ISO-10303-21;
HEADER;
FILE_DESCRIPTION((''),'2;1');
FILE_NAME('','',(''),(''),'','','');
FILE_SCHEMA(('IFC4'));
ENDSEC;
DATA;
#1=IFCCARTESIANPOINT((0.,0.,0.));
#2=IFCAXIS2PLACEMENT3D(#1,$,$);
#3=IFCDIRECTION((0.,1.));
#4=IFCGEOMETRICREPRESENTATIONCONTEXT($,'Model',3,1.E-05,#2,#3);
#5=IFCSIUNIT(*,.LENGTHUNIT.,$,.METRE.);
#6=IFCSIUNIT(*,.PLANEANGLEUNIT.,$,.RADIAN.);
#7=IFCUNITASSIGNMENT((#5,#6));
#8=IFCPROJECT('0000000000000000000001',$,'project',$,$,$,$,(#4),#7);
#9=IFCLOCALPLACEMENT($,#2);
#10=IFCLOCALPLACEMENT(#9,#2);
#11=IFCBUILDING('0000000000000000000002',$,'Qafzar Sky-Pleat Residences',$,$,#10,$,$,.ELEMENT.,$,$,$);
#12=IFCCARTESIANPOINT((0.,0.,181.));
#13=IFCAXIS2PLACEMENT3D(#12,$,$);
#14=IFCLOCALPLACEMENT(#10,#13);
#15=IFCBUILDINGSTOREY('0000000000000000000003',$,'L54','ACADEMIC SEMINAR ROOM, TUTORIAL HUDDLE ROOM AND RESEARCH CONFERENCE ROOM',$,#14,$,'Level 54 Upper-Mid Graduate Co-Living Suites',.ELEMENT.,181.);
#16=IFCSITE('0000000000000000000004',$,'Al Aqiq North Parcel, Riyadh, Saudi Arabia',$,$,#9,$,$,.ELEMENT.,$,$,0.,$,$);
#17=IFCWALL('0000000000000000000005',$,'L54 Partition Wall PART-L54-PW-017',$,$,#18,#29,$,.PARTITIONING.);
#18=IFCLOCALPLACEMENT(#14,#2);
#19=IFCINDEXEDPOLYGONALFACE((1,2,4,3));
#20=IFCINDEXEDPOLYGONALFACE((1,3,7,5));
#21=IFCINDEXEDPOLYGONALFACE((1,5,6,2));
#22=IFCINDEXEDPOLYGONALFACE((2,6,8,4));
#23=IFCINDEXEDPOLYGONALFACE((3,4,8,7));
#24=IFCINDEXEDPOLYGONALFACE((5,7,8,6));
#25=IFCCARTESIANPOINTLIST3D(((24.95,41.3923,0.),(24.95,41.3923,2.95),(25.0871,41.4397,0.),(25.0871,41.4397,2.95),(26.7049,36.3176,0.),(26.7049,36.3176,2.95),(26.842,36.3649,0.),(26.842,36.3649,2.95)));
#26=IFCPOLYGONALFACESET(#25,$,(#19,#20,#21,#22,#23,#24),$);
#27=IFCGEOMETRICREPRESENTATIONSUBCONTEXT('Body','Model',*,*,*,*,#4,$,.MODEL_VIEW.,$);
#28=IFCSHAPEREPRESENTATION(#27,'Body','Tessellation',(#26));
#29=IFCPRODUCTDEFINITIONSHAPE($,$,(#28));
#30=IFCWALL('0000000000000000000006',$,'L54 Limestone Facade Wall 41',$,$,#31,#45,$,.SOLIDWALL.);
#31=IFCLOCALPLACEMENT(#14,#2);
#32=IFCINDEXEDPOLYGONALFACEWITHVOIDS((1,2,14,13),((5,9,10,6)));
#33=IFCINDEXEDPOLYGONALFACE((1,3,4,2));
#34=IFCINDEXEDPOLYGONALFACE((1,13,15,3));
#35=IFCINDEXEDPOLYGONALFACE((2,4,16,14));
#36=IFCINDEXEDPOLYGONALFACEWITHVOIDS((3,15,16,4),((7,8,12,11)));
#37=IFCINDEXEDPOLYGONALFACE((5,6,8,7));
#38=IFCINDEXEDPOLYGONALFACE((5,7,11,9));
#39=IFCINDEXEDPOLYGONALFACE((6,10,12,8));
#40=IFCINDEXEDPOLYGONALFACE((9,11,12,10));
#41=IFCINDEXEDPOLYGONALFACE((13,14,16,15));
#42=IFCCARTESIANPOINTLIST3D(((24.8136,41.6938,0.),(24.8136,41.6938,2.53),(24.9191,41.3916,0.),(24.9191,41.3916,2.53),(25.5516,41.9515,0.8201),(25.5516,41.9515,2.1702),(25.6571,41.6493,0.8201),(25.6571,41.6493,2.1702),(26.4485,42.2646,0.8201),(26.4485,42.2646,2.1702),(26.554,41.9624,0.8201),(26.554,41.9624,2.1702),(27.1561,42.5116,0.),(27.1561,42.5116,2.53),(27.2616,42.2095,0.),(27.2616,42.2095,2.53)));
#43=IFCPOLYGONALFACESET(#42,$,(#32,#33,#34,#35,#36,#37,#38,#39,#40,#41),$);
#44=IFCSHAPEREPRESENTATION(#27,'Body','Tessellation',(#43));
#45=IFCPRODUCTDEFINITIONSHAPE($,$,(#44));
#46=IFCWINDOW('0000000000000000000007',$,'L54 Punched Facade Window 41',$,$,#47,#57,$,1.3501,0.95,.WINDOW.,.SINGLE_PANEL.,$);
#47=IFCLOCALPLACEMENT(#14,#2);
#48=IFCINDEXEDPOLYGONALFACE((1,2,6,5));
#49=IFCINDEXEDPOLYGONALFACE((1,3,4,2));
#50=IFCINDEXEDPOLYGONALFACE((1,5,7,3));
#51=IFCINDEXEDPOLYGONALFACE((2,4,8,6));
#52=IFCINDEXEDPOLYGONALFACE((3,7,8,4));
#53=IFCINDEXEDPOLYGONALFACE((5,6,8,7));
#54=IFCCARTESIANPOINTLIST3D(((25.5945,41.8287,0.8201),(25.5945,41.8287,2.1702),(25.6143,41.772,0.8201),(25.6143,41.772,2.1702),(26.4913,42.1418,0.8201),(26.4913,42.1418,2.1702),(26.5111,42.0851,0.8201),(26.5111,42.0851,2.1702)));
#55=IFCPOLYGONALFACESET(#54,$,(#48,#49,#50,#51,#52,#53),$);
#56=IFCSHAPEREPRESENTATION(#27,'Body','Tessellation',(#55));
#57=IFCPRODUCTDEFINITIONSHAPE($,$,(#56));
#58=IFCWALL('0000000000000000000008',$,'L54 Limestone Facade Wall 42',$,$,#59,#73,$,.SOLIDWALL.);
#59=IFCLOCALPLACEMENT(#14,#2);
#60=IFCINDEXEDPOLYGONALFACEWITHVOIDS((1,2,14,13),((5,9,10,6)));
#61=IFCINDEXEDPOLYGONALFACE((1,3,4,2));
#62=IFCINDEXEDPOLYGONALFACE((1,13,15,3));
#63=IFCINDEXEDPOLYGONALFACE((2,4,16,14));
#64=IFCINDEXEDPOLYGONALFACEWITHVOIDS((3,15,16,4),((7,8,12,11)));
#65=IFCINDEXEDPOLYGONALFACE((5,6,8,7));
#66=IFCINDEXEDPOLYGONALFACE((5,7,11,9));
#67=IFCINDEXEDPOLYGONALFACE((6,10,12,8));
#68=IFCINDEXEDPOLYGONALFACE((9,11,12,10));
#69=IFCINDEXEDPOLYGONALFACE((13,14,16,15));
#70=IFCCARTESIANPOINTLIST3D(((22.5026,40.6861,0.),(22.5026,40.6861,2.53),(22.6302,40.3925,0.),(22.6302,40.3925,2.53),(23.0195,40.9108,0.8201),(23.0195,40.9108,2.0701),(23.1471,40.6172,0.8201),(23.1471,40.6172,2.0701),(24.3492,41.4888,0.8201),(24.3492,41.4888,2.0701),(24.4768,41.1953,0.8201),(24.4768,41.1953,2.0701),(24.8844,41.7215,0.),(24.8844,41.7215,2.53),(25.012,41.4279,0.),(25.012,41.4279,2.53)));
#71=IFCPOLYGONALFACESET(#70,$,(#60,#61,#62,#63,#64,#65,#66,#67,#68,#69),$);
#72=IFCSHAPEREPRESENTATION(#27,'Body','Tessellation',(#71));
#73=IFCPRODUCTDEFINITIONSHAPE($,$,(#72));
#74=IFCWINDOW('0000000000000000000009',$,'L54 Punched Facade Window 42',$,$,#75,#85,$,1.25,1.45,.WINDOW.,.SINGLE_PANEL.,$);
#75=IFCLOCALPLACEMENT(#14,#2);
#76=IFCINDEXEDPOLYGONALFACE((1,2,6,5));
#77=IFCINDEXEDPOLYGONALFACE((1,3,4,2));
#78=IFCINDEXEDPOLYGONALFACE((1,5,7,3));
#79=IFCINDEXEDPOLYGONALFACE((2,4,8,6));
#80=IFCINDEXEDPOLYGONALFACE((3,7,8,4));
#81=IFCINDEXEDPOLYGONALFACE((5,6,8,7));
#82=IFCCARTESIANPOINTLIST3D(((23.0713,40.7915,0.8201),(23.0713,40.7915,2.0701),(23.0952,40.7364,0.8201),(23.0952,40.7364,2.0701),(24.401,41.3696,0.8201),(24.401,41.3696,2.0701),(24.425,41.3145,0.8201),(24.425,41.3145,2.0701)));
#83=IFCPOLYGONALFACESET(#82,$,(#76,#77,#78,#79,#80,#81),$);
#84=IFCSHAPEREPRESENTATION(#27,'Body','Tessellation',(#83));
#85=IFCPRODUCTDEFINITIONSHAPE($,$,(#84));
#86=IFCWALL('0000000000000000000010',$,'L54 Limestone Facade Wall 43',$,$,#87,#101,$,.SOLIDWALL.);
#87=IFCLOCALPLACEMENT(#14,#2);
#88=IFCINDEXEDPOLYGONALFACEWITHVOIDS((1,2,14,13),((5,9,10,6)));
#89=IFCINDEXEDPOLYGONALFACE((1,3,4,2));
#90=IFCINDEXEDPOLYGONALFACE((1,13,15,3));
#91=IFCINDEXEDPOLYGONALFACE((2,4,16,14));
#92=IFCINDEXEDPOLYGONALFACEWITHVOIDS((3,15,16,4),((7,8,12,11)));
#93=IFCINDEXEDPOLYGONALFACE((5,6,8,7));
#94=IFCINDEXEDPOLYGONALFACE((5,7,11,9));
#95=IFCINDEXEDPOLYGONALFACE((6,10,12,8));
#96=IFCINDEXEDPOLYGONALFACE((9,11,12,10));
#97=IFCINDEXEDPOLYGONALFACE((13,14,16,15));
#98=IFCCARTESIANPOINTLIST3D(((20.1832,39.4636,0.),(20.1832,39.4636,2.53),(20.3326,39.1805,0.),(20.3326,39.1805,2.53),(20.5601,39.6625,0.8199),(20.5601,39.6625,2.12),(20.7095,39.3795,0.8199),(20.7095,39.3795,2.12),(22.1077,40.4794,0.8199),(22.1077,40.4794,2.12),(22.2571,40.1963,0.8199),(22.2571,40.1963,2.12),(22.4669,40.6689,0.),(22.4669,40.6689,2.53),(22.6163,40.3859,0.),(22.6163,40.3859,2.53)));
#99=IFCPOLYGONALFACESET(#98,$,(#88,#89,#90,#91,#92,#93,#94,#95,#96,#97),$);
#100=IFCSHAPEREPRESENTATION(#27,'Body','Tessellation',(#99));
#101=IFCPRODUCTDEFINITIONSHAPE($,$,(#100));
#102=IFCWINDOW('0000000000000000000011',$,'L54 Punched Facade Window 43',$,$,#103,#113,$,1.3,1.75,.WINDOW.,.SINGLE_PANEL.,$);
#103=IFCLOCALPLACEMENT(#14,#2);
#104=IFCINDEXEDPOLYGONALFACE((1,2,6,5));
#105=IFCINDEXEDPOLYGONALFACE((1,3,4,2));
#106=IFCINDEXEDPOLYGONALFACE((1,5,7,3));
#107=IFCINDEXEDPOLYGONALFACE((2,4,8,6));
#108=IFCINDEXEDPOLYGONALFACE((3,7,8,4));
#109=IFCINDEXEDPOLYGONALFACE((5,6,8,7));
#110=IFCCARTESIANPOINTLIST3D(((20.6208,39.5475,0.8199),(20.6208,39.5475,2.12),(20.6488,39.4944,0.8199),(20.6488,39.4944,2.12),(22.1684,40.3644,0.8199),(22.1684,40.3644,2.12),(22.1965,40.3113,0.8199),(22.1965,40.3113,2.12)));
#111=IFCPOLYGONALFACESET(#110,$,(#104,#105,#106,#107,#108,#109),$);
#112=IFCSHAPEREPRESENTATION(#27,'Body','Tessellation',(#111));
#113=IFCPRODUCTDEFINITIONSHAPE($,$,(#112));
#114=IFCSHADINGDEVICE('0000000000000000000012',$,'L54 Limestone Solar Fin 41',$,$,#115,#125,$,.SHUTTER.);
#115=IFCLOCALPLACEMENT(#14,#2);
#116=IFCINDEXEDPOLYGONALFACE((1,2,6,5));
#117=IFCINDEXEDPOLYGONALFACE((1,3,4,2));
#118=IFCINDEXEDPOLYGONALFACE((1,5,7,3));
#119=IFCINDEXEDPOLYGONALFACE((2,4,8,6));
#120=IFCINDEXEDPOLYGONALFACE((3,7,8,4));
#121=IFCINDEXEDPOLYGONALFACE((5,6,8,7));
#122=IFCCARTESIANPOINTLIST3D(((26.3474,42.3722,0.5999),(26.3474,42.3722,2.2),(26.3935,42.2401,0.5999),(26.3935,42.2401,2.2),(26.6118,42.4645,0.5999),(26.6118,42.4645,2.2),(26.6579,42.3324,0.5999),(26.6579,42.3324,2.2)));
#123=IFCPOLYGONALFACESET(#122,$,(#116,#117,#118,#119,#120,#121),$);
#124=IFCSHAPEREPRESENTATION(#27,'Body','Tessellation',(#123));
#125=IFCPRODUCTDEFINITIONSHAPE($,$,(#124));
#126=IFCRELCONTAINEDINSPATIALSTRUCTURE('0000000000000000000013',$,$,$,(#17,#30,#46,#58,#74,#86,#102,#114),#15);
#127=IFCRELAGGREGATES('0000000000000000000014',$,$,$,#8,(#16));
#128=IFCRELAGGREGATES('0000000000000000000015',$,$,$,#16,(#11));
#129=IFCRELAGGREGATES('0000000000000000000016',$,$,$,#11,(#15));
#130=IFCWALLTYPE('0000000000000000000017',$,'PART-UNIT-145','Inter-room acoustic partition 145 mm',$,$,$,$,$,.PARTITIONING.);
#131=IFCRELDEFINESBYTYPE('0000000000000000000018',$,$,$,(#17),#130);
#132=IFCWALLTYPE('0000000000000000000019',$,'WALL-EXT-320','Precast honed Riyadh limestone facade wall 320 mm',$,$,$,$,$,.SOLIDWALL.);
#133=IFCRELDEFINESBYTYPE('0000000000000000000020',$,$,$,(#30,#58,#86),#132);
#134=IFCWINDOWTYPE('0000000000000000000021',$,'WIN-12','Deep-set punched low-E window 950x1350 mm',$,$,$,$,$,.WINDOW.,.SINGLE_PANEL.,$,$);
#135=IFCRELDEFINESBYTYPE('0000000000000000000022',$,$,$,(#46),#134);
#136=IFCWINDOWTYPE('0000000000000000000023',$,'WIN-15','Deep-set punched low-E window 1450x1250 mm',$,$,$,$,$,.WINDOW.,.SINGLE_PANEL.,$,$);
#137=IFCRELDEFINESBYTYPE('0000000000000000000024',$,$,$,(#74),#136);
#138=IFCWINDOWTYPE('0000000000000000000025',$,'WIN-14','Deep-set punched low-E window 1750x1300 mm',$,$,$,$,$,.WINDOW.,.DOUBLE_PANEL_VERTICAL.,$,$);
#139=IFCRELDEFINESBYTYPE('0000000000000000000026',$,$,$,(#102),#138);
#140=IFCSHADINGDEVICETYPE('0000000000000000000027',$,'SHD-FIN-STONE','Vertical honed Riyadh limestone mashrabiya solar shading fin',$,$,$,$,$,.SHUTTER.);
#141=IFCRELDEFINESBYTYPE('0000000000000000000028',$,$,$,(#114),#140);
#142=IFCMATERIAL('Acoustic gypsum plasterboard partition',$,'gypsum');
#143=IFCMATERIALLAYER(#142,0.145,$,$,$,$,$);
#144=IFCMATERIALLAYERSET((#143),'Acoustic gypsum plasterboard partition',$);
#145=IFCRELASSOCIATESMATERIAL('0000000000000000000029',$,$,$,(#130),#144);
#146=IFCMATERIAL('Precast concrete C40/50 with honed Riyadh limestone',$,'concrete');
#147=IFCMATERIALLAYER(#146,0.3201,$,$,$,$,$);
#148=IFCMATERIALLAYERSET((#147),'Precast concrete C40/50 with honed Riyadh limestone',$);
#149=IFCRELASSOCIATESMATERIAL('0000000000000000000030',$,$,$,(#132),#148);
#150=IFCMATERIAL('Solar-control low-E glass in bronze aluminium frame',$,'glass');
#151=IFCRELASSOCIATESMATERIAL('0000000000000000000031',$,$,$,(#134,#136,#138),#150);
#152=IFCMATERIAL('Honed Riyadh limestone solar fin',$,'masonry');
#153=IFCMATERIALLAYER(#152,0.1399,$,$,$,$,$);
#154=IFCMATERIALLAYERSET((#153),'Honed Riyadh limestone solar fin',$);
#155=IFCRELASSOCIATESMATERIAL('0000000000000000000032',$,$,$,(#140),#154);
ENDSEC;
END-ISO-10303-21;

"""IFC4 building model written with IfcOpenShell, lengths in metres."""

from ifc_helpers import new_model, si_unit, direction, frame, frame_2d, origin, origin_2d, place, context, subcontext, project, spatial, rectangle, extrude, source, transform, mapped, material, layer, layer_set, type_object, element, fill, save


model = new_model("IFC4")

# Units and contexts
model_context = context("Model", 3, precision=1e-05, world=origin(), true_north=direction((0.0, 1.0)))
body_context = subcontext(model_context, "Body", "Model", "MODEL_VIEW")
ifc_project = project(units=[si_unit("LENGTHUNIT", "METRE"), si_unit("PLANEANGLEUNIT", "RADIAN")], contexts=[model_context])

# Site, building, storey
site_placement = place(None, origin())
site = spatial("IfcSite", under=ifc_project, at=site_placement, Name="Al Aqiq North Parcel, Riyadh, Saudi Arabia", CompositionType="ELEMENT", RefElevation=0.0)
building_placement = place(site_placement, origin())
building = spatial("IfcBuilding", under=site, at=building_placement, Name="Qafzar Sky-Pleat Residences", CompositionType="ELEMENT")
storey_placement = place(building_placement, frame((0.0, 0.0, 181.0)))
storey = spatial("IfcBuildingStorey", under=building, at=storey_placement, Name="L54", Description="ACADEMIC SEMINAR ROOM, TUTORIAL HUDDLE ROOM AND RESEARCH CONFERENCE ROOM", LongName="Level 54 Upper-Mid Graduate Co-Living Suites", CompositionType="ELEMENT", Elevation=181.0)

# Wall
ifc_material_1 = material(Name="Acoustic gypsum plasterboard partition", Category="gypsum")
ifc_layer_1 = layer(ifc_material_1, 0.145)
ifc_layer_set_1 = layer_set([ifc_layer_1], Name="Acoustic gypsum plasterboard partition")
wall_type_1 = type_object("IfcWallType", Name="PART-UNIT-145", Description="Inter-room acoustic partition 145 mm", PredefinedType="PARTITIONING", material=ifc_layer_set_1)
wall_1_placement = place(storey_placement, frame((25.0186, 41.416, 0.0), z_axis=(0.0, 0.0, 1.0), x_axis=(0.32682, -0.945087, 0.0)))
element("IfcWall", 1, at=wall_1_placement, inside=storey, type_object=wall_type_1, Name="L54 Partition Wall PART-L54-PW-017", PredefinedType="PARTITIONING", context=body_context, shape_type="SweptSolid", body=[
    extrude(rectangle(XDim=5.3696, YDim=0.145, at=frame_2d((2.6848, 0.0))), origin(), (0.0, 0.0, 1.0), 2.95),
])

# Walls, openings, windows
ifc_material_2 = material(Name="Precast concrete C40/50 with honed Riyadh limestone", Category="concrete")
ifc_layer_2 = layer(ifc_material_2, 0.3201)
ifc_layer_set_2 = layer_set([ifc_layer_2], Name="Precast concrete C40/50 with honed Riyadh limestone")
wall_type_2 = type_object("IfcWallType", Name="WALL-EXT-320", Description="Precast honed Riyadh limestone facade wall 320 mm", PredefinedType="SOLIDWALL", material=ifc_layer_set_2)
wall_2_placement = place(storey_placement, frame((27.209, 42.3606, 0.0), z_axis=(0.0, 0.0, 1.0), x_axis=(-0.944111, -0.329627, 0.0)))
wall_2 = element("IfcWall", 2, at=wall_2_placement, inside=storey, type_object=wall_type_2, Name="L54 Limestone Facade Wall 41", PredefinedType="SOLIDWALL", context=body_context, shape_type="SweptSolid", body=[
    extrude(rectangle(XDim=2.4812, YDim=0.3201, at=frame_2d((1.2407, 0.0))), origin(), (0.0, 0.0, 1.0), 2.53),
])
opening_1_placement = place(wall_2_placement, frame((0.7495, 0.0, 0.8201)))
opening_1 = element("IfcOpeningElement", 3, at=opening_1_placement, cuts=wall_2, PredefinedType="OPENING", context=body_context, shape_type="SweptSolid", body=[
    extrude(rectangle(XDim=0.95, YDim=1.3501, at=frame_2d((0.4751, 0.675))), frame((0.0, 0.1699, 0.0), z_axis=(0.0, -1.0, 0.0), x_axis=(1.0, 0.0, 0.0)), (0.0, 0.0, 1.0), 0.3401),
])
ifc_material_3 = material(Name="Solar-control low-E glass in bronze aluminium frame", Category="glass")
window_type_1 = type_object("IfcWindowType", Name="WIN-12", Description="Deep-set punched low-E window 950x1350 mm", PartitioningType="SINGLE_PANEL", PredefinedType="WINDOW", material=ifc_material_3)
shared_shape_1 = source(origin(), body_context, "Body", "SweptSolid", [
    extrude(rectangle(XDim=0.95, YDim=1.3501, at=frame_2d((0.4751, 0.675))), frame((0.0, 0.03, 0.0), z_axis=(0.0, -1.0, 0.0), x_axis=(1.0, 0.0, 0.0)), (0.0, 0.0, 1.0), 0.0601),
])
window_1_placement = place(opening_1_placement, origin())
window_1 = element("IfcWindow", 4, at=window_1_placement, inside=storey, type_object=window_type_1, Name="L54 Punched Facade Window 41", OverallHeight=1.3501, OverallWidth=0.95, PartitioningType="SINGLE_PANEL", PredefinedType="WINDOW", context=body_context, shape_type="MappedRepresentation", body=[
    mapped(shared_shape_1, transform((0.0, 0.0, 0.0), x_axis=(1.0, 0.0, 0.0), y_axis=(0.0, 1.0, 0.0), z_axis=(0.0, 0.0, 1.0), scale=1.0)),
])
fill(opening_1, window_1)
wall_3_placement = place(storey_placement, frame((24.9482, 41.5747, 0.0), z_axis=(0.0, 0.0, 1.0), x_axis=(-0.917095, -0.398668, 0.0)))
wall_3 = element("IfcWall", 5, at=wall_3_placement, inside=storey, type_object=wall_type_2, Name="L54 Limestone Facade Wall 42", PredefinedType="SOLIDWALL", context=body_context, shape_type="SweptSolid", body=[
    extrude(rectangle(XDim=2.5972, YDim=0.3201, at=frame_2d((1.2986, 0.0))), origin(), (0.0, 0.0, 1.0), 2.53),
])
opening_2_placement = place(wall_3_placement, frame((0.5835, 0.0, 0.8201)))
opening_2 = element("IfcOpeningElement", 6, at=opening_2_placement, cuts=wall_3, PredefinedType="OPENING", context=body_context, shape_type="SweptSolid", body=[
    extrude(rectangle(XDim=1.45, YDim=1.25, at=frame_2d((0.7251, 0.625))), frame((0.0, 0.1699, 0.0), z_axis=(0.0, -1.0, 0.0), x_axis=(1.0, 0.0, 0.0)), (0.0, 0.0, 1.0), 0.3401),
])
window_type_2 = type_object("IfcWindowType", Name="WIN-15", Description="Deep-set punched low-E window 1450x1250 mm", PartitioningType="SINGLE_PANEL", PredefinedType="WINDOW", material=ifc_material_3)
shared_shape_2 = source(origin(), body_context, "Body", "SweptSolid", [
    extrude(rectangle(XDim=1.45, YDim=1.25, at=frame_2d((0.7251, 0.625))), frame((0.0, 0.03, 0.0), z_axis=(0.0, -1.0, 0.0), x_axis=(1.0, 0.0, 0.0)), (0.0, 0.0, 1.0), 0.0601),
])
window_2_placement = place(opening_2_placement, origin())
window_2 = element("IfcWindow", 7, at=window_2_placement, inside=storey, type_object=window_type_2, Name="L54 Punched Facade Window 42", OverallHeight=1.25, OverallWidth=1.45, PartitioningType="SINGLE_PANEL", PredefinedType="WINDOW", context=body_context, shape_type="MappedRepresentation", body=[
    mapped(shared_shape_2, transform((0.0, 0.0, 0.0), x_axis=(1.0, 0.0, 0.0), y_axis=(0.0, 1.0, 0.0), z_axis=(0.0, 0.0, 1.0), scale=1.0)),
])
fill(opening_2, window_2)
wall_4_placement = place(storey_placement, frame((22.5415, 40.5273, 0.0), z_axis=(0.0, 0.0, 1.0), x_axis=(-0.884378, -0.466771, 0.0)))
wall_4 = element("IfcWall", 8, at=wall_4_placement, inside=storey, type_object=wall_type_2, Name="L54 Limestone Facade Wall 43", PredefinedType="SOLIDWALL", context=body_context, shape_type="SweptSolid", body=[
    extrude(rectangle(XDim=2.5823, YDim=0.3201, at=frame_2d((1.291, 0.0))), origin(), (0.0, 0.0, 1.0), 2.53),
])
opening_3_placement = place(wall_4_placement, frame((0.406, 0.0, 0.8201)))
opening_3 = element("IfcOpeningElement", 9, at=opening_3_placement, cuts=wall_4, PredefinedType="OPENING", context=body_context, shape_type="SweptSolid", body=[
    extrude(rectangle(XDim=1.75, YDim=1.3, at=frame_2d((0.875, 0.6499))), frame((0.0, 0.1699, 0.0), z_axis=(0.0, -1.0, 0.0), x_axis=(1.0, 0.0, 0.0)), (0.0, 0.0, 1.0), 0.3401),
])
window_type_3 = type_object("IfcWindowType", Name="WIN-14", Description="Deep-set punched low-E window 1750x1300 mm", PartitioningType="DOUBLE_PANEL_VERTICAL", PredefinedType="WINDOW", material=ifc_material_3)
shared_shape_3 = source(origin(), body_context, "Body", "SweptSolid", [
    extrude(rectangle(XDim=1.75, YDim=1.3, at=frame_2d((0.875, 0.6499))), frame((0.0, 0.03, 0.0), z_axis=(0.0, -1.0, 0.0), x_axis=(1.0, 0.0, 0.0)), (0.0, 0.0, 1.0), 0.0601),
])
window_3_placement = place(opening_3_placement, origin())
window_3 = element("IfcWindow", 10, at=window_3_placement, inside=storey, type_object=window_type_3, Name="L54 Punched Facade Window 43", OverallHeight=1.3, OverallWidth=1.75, PartitioningType="SINGLE_PANEL", PredefinedType="WINDOW", context=body_context, shape_type="MappedRepresentation", body=[
    mapped(shared_shape_3, transform((0.0, 0.0, 0.0), x_axis=(1.0, 0.0, 0.0), y_axis=(0.0, 1.0, 0.0), z_axis=(0.0, 0.0, 1.0), scale=1.0)),
])
fill(opening_3, window_3)

# Shading device
ifc_material_4 = material(Name="Honed Riyadh limestone solar fin", Category="masonry")
ifc_layer_3 = layer(ifc_material_4, 0.1399)
ifc_layer_set_3 = layer_set([ifc_layer_3], Name="Honed Riyadh limestone solar fin")
shading_device_type = type_object("IfcShadingDeviceType", Name="SHD-FIN-STONE", Description="Vertical honed Riyadh limestone mashrabiya solar shading fin", PredefinedType="SHUTTER", material=ifc_layer_set_3)
shared_shape_4 = source(origin(), body_context, "Body", "SweptSolid", [
    extrude(rectangle(XDim=0.1399, YDim=0.28, at=origin_2d()), origin(), (0.0, 0.0, 1.0), 1.6001),
])
shading_device_placement = place(storey_placement, frame((26.5027, 42.3523, 0.5999), z_axis=(0.0, 0.0, 1.0), x_axis=(-0.329527, 0.944146, 0.0)))
element("IfcShadingDevice", 11, at=shading_device_placement, inside=storey, type_object=shading_device_type, Name="L54 Limestone Solar Fin 41", PredefinedType="SHUTTER", context=body_context, shape_type="MappedRepresentation", body=[
    mapped(shared_shape_4, transform((0.0, 0.0, 0.0), x_axis=(1.0, 0.0, 0.0), y_axis=(0.0, 1.0, 0.0), z_axis=(0.0, 0.0, 1.0), scale=1.0)),
])

save(model, "model.ifc")
